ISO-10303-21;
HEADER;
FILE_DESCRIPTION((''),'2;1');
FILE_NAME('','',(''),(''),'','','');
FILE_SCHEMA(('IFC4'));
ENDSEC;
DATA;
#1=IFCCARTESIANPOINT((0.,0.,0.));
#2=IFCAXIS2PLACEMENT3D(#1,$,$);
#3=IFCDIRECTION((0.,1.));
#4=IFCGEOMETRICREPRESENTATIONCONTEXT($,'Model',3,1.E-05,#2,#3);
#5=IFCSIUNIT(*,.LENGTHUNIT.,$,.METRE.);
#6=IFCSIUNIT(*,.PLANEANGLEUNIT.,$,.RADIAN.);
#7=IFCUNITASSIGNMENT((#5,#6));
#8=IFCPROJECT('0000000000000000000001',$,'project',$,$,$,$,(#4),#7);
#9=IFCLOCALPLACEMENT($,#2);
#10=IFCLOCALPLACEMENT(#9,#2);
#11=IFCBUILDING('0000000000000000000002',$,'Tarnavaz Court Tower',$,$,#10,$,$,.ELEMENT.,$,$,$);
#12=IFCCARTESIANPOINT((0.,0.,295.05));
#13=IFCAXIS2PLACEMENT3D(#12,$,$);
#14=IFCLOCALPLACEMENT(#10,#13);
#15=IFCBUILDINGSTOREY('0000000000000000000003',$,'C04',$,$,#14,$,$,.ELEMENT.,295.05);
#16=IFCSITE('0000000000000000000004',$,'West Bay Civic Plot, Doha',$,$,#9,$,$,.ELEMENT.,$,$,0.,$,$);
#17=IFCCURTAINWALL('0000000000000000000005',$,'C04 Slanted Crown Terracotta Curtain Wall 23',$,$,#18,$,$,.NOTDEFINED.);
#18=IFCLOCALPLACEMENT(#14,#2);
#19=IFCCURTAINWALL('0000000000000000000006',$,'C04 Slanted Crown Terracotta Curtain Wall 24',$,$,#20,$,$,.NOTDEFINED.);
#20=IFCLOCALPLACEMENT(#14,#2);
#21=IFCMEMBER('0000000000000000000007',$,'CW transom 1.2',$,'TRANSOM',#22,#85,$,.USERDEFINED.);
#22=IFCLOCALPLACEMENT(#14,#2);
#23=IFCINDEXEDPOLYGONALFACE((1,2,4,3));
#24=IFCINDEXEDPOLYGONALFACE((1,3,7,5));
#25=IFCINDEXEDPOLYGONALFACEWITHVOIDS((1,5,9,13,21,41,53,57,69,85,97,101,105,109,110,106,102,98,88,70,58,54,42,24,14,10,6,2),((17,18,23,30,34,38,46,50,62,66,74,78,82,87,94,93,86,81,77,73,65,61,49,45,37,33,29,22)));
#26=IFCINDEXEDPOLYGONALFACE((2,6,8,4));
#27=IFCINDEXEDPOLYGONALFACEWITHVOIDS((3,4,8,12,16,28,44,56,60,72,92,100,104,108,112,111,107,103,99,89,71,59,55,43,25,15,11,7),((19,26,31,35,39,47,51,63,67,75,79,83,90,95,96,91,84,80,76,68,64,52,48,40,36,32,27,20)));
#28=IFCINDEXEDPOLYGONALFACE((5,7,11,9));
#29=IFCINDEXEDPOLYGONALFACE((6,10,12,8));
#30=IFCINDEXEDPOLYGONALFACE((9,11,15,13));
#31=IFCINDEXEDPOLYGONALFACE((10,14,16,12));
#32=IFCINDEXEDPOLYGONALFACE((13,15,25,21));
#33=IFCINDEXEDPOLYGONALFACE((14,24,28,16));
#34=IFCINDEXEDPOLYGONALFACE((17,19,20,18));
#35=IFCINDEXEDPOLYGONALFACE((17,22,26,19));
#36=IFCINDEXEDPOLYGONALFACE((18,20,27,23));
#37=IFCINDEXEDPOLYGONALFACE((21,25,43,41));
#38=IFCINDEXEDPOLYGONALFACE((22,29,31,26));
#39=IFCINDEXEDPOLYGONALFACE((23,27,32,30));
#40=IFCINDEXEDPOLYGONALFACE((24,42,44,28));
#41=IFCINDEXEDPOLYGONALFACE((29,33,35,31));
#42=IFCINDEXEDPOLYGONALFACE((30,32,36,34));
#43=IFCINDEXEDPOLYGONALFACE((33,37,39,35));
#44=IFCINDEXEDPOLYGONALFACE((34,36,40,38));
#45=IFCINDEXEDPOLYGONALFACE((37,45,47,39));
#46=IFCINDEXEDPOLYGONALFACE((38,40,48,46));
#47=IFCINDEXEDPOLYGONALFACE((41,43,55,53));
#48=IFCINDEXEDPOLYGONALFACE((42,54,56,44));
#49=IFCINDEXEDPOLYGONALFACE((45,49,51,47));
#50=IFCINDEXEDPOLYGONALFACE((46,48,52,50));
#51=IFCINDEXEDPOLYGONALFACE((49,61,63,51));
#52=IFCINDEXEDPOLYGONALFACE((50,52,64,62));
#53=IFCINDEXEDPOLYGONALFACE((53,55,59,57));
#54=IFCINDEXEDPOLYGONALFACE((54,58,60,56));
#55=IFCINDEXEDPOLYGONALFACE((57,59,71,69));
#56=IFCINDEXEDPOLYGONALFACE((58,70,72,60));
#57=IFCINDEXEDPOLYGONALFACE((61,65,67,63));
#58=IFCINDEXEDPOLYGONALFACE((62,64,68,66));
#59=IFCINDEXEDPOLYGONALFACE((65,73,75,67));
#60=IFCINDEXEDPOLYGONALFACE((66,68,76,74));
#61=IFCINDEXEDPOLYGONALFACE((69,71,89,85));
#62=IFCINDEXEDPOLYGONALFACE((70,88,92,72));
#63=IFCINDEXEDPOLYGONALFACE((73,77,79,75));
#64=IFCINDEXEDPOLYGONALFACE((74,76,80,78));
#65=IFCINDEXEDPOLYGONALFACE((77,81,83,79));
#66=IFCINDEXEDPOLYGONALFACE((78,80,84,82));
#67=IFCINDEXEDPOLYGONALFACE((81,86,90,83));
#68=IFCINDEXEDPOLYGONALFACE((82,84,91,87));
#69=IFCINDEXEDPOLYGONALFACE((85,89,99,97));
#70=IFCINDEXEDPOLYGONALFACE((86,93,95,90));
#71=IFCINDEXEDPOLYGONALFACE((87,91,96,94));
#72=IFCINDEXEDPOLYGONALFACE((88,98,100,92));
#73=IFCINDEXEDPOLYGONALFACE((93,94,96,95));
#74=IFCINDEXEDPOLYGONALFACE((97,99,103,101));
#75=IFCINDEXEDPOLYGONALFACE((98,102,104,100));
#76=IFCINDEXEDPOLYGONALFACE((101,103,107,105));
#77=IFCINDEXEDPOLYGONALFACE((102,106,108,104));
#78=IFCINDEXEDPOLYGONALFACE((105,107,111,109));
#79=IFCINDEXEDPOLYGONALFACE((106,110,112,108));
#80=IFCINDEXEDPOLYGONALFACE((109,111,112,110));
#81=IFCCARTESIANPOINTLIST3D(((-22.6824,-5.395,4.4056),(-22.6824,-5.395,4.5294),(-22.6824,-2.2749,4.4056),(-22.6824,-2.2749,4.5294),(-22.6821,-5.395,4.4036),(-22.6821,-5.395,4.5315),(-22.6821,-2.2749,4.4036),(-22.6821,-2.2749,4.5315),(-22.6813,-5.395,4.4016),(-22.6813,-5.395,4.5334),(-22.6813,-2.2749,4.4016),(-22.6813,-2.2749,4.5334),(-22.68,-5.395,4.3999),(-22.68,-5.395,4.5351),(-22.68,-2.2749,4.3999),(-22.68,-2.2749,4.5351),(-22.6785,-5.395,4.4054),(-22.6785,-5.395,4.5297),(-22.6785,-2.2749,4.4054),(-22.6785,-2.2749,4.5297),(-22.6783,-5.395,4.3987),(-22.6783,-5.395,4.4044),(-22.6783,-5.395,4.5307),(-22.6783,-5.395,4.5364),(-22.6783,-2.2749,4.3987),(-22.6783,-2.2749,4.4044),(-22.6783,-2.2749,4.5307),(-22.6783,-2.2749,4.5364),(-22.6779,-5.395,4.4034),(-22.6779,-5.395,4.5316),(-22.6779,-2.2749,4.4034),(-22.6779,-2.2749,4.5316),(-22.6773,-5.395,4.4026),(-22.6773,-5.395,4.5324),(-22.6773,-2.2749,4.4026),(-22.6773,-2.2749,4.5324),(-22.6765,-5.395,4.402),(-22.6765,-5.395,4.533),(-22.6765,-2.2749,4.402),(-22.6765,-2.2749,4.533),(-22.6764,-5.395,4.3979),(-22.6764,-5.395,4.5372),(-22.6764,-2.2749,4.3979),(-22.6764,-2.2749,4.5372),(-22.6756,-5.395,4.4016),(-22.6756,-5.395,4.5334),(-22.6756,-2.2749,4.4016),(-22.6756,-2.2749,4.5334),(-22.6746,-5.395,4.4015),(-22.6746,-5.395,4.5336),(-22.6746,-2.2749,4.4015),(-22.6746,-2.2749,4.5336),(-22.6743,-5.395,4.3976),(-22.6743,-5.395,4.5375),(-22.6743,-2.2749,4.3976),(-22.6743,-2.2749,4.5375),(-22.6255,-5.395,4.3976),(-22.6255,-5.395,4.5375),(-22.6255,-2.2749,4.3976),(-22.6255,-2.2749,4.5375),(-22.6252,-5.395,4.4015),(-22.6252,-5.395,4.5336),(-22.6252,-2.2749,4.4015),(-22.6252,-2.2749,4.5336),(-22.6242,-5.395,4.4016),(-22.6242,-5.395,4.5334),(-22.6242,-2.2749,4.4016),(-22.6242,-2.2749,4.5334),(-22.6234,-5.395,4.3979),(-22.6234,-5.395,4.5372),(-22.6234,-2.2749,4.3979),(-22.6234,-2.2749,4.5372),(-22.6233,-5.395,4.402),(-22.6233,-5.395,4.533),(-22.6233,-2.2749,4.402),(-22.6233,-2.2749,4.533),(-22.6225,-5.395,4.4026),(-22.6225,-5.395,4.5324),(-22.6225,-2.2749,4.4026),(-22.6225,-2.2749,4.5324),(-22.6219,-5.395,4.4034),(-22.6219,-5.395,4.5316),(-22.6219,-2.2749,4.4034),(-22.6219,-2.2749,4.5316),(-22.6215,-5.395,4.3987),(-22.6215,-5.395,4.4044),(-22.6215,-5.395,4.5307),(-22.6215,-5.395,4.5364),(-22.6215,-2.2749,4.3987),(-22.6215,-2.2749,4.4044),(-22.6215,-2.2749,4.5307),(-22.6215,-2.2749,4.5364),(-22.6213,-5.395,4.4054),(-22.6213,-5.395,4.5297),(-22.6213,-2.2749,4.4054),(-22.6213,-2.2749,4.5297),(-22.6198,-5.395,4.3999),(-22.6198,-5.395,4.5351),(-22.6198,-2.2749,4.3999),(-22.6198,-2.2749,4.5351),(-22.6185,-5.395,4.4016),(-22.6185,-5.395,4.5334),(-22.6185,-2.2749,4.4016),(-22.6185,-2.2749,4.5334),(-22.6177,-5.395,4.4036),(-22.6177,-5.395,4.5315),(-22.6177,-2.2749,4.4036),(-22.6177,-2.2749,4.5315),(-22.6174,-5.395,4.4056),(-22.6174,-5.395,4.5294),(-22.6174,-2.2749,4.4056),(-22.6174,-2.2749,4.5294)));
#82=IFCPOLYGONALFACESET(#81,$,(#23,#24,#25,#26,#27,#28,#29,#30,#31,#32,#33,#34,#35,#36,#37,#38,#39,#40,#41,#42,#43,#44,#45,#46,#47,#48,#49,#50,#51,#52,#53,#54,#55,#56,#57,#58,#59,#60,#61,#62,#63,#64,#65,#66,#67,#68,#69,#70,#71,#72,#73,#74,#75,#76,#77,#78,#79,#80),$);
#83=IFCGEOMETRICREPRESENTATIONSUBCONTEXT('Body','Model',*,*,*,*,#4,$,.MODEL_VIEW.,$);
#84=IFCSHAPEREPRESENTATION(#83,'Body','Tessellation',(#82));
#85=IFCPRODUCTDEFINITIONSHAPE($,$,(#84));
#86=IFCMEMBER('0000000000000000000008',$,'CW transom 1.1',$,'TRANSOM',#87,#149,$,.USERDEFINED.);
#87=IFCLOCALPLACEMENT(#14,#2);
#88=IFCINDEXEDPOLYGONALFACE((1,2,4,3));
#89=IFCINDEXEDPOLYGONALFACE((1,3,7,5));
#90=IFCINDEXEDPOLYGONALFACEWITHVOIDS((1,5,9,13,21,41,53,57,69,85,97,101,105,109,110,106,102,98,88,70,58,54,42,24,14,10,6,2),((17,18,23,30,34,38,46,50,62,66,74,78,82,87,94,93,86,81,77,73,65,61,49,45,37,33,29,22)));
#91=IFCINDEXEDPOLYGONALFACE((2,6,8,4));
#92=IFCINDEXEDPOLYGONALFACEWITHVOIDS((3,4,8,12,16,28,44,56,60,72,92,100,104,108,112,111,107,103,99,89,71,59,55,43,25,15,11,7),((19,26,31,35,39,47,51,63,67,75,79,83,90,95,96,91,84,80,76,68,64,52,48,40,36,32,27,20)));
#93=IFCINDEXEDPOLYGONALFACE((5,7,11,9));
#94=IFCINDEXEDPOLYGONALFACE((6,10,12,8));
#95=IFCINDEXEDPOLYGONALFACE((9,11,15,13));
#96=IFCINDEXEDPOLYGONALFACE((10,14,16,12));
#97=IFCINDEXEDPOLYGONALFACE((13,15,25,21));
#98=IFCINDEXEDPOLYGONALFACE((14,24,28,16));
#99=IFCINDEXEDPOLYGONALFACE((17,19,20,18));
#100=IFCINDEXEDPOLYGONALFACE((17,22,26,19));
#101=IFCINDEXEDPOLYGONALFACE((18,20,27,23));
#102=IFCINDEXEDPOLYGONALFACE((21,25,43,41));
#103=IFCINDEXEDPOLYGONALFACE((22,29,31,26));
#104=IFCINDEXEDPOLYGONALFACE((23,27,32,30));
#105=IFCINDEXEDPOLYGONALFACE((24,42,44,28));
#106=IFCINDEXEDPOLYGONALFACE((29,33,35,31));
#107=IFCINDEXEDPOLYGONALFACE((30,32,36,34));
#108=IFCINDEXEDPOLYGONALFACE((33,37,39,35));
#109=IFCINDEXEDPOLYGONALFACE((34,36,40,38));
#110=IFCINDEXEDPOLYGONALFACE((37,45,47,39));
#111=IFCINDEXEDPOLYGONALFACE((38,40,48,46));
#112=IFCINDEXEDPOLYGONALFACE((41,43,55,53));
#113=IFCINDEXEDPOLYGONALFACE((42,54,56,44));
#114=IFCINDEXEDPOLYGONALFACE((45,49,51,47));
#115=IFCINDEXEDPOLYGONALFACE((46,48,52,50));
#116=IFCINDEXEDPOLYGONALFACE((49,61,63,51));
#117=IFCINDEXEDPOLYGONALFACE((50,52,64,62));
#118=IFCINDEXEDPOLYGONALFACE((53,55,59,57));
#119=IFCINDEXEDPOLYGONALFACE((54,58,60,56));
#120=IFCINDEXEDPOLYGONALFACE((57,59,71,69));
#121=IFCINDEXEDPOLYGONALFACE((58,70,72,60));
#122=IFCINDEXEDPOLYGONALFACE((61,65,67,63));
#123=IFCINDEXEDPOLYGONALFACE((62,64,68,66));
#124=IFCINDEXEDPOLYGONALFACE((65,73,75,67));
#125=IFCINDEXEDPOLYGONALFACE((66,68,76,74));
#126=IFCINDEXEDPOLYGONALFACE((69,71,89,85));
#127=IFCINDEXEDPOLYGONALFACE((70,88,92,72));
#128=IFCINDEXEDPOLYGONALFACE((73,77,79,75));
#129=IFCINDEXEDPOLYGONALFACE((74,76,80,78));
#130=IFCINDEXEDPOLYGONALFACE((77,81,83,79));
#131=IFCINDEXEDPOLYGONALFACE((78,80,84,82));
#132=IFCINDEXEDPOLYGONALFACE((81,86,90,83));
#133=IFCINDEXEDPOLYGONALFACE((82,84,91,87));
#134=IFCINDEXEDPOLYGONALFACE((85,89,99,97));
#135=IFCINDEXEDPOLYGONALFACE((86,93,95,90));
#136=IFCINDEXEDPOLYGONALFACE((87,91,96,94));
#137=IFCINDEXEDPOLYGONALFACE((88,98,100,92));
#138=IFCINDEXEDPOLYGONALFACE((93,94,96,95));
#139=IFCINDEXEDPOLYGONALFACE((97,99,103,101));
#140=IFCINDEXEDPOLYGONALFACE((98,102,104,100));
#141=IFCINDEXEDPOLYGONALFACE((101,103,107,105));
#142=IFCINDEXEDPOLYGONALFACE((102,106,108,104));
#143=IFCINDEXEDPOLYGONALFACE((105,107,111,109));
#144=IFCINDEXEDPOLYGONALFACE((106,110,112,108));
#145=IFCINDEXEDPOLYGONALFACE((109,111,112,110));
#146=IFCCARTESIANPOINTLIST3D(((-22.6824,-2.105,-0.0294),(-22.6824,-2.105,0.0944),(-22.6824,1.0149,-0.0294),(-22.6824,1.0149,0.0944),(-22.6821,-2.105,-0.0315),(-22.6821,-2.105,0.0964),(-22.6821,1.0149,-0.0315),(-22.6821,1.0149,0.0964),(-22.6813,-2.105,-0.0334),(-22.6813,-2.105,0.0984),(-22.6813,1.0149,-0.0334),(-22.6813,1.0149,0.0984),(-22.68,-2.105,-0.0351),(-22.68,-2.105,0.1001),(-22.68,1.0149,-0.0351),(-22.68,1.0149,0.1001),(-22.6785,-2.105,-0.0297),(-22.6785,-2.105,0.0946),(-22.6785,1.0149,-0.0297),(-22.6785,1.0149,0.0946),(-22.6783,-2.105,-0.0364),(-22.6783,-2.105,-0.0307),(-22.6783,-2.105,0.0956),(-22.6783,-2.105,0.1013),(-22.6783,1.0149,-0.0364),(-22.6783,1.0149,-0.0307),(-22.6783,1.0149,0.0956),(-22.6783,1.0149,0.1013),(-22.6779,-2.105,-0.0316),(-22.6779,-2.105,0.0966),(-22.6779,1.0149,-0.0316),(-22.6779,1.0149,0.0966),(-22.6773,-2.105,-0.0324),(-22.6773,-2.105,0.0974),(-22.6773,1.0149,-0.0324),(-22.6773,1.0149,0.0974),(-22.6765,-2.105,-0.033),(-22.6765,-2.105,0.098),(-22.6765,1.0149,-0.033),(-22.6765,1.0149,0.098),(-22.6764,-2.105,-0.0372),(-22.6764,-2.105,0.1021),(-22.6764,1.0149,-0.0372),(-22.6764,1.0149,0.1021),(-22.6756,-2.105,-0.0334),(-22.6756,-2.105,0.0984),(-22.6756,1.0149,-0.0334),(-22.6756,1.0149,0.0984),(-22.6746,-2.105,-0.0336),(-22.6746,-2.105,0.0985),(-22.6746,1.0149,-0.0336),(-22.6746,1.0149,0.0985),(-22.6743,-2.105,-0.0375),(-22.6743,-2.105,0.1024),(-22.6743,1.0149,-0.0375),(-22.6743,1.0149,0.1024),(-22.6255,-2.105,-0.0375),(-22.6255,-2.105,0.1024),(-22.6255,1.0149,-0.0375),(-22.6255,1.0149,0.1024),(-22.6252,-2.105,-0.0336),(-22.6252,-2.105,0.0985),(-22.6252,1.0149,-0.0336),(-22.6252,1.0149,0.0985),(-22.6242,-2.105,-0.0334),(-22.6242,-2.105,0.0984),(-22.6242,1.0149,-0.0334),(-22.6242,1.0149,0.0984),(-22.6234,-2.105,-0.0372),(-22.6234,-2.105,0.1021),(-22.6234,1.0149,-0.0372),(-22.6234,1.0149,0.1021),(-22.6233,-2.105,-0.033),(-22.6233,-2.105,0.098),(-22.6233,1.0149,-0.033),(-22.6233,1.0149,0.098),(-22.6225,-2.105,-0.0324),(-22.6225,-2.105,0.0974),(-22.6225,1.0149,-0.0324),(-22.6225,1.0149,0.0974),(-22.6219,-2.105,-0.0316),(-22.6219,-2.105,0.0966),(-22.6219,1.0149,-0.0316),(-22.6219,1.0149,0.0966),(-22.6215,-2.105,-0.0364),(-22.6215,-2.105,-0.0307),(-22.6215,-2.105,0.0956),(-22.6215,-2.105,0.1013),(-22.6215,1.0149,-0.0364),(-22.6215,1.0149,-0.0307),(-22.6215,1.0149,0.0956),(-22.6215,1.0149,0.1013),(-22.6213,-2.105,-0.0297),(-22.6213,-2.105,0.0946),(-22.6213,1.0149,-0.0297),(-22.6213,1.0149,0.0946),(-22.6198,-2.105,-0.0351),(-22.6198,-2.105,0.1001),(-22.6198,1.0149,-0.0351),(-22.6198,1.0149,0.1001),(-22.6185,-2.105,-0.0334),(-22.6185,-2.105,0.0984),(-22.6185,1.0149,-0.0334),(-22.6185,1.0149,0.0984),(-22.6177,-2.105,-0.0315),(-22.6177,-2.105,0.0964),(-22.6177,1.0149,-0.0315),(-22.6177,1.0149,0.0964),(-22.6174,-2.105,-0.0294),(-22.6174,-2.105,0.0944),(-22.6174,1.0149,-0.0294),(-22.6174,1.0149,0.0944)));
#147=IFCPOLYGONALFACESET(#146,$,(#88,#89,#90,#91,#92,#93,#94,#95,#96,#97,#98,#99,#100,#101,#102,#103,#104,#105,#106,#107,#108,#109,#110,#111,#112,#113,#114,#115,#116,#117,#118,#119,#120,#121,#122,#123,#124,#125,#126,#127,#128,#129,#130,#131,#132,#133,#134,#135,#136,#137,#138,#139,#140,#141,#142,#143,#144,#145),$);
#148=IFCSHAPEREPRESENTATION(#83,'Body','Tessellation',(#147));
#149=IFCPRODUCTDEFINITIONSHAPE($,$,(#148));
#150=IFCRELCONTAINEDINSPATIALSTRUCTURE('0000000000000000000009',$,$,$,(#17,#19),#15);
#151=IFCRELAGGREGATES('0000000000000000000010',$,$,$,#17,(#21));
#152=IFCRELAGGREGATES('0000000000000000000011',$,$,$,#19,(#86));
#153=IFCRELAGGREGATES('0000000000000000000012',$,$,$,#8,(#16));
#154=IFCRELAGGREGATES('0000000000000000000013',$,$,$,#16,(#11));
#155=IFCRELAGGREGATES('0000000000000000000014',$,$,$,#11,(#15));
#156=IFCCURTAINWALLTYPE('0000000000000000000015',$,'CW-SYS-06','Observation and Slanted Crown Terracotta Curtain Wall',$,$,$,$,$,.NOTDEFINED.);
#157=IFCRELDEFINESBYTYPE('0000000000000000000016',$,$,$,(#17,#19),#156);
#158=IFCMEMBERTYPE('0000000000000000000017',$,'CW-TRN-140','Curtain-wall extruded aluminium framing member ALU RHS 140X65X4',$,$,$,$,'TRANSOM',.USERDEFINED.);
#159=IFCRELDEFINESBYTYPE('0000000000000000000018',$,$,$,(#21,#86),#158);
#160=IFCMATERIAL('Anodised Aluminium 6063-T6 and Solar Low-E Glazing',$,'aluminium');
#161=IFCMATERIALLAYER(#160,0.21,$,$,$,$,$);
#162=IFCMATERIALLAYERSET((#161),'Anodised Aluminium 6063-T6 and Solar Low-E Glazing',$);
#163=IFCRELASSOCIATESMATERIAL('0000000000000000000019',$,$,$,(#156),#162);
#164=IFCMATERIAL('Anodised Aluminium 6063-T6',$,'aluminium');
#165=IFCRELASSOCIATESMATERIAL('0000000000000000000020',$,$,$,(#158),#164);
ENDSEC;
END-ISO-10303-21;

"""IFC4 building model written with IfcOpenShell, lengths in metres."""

from ifc_helpers import new_model, si_unit, direction, frame, origin, origin_2d, place, context, subcontext, project, spatial, hollow_rectangle, extrude, material, layer, layer_set, material_profile, profile_set, type_object, element, aggregate, save


model = new_model("IFC4")

# Units and contexts
model_context = context("Model", 3, precision=1e-05, world=origin(), true_north=direction((0.0, 1.0)))
body_context = subcontext(model_context, "Body", "Model", "MODEL_VIEW")
ifc_project = project(units=[si_unit("LENGTHUNIT", "METRE"), si_unit("PLANEANGLEUNIT", "RADIAN")], contexts=[model_context])

# Site, building, storey
site_placement = place(None, origin())
site = spatial("IfcSite", under=ifc_project, at=site_placement, Name="West Bay Civic Plot, Doha", CompositionType="ELEMENT", RefElevation=0.0)
building_placement = place(site_placement, origin())
building = spatial("IfcBuilding", under=site, at=building_placement, Name="Tarnavaz Court Tower", CompositionType="ELEMENT")
storey_placement = place(building_placement, frame((0.0, 0.0, 295.05)))
storey = spatial("IfcBuildingStorey", under=building, at=storey_placement, Name="C04", CompositionType="ELEMENT", Elevation=295.05)

# Shared definitions
ifc_material_1 = material(Name="Anodised Aluminium 6063-T6 and Solar Low-E Glazing", Category="aluminium")
ifc_layer_1 = layer(ifc_material_1, 0.21)
ifc_layer_set_1 = layer_set([ifc_layer_1], Name="Anodised Aluminium 6063-T6 and Solar Low-E Glazing")
curtain_wall_type = type_object("IfcCurtainWallType", Name="CW-SYS-06", Description="Observation and Slanted Crown Terracotta Curtain Wall", PredefinedType="NOTDEFINED", material=ifc_layer_set_1)
ifc_material_2 = material(Name="Anodised Aluminium 6063-T6", Category="aluminium")

# Curtain walls
curtain_wall_1_placement = place(storey_placement, origin())
curtain_wall_1 = element("IfcCurtainWall", 1, at=curtain_wall_1_placement, inside=storey, type_object=curtain_wall_type, Name="C04 Slanted Crown Terracotta Curtain Wall 23", PredefinedType="NOTDEFINED")
curtain_wall_2_placement = place(storey_placement, origin())
curtain_wall_2 = element("IfcCurtainWall", 2, at=curtain_wall_2_placement, inside=storey, type_object=curtain_wall_type, Name="C04 Slanted Crown Terracotta Curtain Wall 24", PredefinedType="NOTDEFINED")

# Members
ifc_material_profile_1 = material_profile(ifc_material_2, hollow_rectangle(XDim=0.0649, YDim=0.1399, WallThickness=0.0039, InnerFilletRadius=0.0039, OuterFilletRadius=0.0081, at=origin_2d()), Name="ALU RHS 140X65X4")
ifc_profile_set_1 = profile_set([ifc_material_profile_1], Name="Anodised Aluminium 6063-T6")
member_type_1 = type_object("IfcMemberType", Name="CW-TRN-140", Description="Curtain-wall extruded aluminium framing member ALU RHS 140X65X4", ElementType="TRANSOM", PredefinedType="USERDEFINED", material=ifc_profile_set_1)
member_1_placement = place(storey_placement, frame((-22.6499, -5.395, 4.4675), z_axis=(0.0, 1.0, 0.0), x_axis=(-1.0, 0.0, 0.0)))
member_1 = element("IfcMember", 3, at=member_1_placement, type_object=member_type_1, Name="CW transom 1.2", ObjectType="TRANSOM", PredefinedType="USERDEFINED", context=body_context, shape_type="SweptSolid", body=[
    extrude(hollow_rectangle(XDim=0.0649, YDim=0.1399, WallThickness=0.0039, InnerFilletRadius=0.0039, OuterFilletRadius=0.0081, at=origin_2d()), origin(), (0.0, 0.0, 1.0), 3.1201),
])
member_2_placement = place(storey_placement, frame((-22.6499, -2.105, 0.0325), z_axis=(0.0, 1.0, 0.0), x_axis=(-1.0, 0.0, 0.0)))
member_2 = element("IfcMember", 4, at=member_2_placement, type_object=member_type_1, Name="CW transom 1.1", ObjectType="TRANSOM", PredefinedType="USERDEFINED", context=body_context, shape_type="SweptSolid", body=[
    extrude(hollow_rectangle(XDim=0.0649, YDim=0.1399, WallThickness=0.0039, InnerFilletRadius=0.0039, OuterFilletRadius=0.0081, at=origin_2d()), origin(), (0.0, 0.0, 1.0), 3.1199),
])

aggregate(curtain_wall_1, [member_1])
aggregate(curtain_wall_2, [member_2])

save(model, "model.ifc")
